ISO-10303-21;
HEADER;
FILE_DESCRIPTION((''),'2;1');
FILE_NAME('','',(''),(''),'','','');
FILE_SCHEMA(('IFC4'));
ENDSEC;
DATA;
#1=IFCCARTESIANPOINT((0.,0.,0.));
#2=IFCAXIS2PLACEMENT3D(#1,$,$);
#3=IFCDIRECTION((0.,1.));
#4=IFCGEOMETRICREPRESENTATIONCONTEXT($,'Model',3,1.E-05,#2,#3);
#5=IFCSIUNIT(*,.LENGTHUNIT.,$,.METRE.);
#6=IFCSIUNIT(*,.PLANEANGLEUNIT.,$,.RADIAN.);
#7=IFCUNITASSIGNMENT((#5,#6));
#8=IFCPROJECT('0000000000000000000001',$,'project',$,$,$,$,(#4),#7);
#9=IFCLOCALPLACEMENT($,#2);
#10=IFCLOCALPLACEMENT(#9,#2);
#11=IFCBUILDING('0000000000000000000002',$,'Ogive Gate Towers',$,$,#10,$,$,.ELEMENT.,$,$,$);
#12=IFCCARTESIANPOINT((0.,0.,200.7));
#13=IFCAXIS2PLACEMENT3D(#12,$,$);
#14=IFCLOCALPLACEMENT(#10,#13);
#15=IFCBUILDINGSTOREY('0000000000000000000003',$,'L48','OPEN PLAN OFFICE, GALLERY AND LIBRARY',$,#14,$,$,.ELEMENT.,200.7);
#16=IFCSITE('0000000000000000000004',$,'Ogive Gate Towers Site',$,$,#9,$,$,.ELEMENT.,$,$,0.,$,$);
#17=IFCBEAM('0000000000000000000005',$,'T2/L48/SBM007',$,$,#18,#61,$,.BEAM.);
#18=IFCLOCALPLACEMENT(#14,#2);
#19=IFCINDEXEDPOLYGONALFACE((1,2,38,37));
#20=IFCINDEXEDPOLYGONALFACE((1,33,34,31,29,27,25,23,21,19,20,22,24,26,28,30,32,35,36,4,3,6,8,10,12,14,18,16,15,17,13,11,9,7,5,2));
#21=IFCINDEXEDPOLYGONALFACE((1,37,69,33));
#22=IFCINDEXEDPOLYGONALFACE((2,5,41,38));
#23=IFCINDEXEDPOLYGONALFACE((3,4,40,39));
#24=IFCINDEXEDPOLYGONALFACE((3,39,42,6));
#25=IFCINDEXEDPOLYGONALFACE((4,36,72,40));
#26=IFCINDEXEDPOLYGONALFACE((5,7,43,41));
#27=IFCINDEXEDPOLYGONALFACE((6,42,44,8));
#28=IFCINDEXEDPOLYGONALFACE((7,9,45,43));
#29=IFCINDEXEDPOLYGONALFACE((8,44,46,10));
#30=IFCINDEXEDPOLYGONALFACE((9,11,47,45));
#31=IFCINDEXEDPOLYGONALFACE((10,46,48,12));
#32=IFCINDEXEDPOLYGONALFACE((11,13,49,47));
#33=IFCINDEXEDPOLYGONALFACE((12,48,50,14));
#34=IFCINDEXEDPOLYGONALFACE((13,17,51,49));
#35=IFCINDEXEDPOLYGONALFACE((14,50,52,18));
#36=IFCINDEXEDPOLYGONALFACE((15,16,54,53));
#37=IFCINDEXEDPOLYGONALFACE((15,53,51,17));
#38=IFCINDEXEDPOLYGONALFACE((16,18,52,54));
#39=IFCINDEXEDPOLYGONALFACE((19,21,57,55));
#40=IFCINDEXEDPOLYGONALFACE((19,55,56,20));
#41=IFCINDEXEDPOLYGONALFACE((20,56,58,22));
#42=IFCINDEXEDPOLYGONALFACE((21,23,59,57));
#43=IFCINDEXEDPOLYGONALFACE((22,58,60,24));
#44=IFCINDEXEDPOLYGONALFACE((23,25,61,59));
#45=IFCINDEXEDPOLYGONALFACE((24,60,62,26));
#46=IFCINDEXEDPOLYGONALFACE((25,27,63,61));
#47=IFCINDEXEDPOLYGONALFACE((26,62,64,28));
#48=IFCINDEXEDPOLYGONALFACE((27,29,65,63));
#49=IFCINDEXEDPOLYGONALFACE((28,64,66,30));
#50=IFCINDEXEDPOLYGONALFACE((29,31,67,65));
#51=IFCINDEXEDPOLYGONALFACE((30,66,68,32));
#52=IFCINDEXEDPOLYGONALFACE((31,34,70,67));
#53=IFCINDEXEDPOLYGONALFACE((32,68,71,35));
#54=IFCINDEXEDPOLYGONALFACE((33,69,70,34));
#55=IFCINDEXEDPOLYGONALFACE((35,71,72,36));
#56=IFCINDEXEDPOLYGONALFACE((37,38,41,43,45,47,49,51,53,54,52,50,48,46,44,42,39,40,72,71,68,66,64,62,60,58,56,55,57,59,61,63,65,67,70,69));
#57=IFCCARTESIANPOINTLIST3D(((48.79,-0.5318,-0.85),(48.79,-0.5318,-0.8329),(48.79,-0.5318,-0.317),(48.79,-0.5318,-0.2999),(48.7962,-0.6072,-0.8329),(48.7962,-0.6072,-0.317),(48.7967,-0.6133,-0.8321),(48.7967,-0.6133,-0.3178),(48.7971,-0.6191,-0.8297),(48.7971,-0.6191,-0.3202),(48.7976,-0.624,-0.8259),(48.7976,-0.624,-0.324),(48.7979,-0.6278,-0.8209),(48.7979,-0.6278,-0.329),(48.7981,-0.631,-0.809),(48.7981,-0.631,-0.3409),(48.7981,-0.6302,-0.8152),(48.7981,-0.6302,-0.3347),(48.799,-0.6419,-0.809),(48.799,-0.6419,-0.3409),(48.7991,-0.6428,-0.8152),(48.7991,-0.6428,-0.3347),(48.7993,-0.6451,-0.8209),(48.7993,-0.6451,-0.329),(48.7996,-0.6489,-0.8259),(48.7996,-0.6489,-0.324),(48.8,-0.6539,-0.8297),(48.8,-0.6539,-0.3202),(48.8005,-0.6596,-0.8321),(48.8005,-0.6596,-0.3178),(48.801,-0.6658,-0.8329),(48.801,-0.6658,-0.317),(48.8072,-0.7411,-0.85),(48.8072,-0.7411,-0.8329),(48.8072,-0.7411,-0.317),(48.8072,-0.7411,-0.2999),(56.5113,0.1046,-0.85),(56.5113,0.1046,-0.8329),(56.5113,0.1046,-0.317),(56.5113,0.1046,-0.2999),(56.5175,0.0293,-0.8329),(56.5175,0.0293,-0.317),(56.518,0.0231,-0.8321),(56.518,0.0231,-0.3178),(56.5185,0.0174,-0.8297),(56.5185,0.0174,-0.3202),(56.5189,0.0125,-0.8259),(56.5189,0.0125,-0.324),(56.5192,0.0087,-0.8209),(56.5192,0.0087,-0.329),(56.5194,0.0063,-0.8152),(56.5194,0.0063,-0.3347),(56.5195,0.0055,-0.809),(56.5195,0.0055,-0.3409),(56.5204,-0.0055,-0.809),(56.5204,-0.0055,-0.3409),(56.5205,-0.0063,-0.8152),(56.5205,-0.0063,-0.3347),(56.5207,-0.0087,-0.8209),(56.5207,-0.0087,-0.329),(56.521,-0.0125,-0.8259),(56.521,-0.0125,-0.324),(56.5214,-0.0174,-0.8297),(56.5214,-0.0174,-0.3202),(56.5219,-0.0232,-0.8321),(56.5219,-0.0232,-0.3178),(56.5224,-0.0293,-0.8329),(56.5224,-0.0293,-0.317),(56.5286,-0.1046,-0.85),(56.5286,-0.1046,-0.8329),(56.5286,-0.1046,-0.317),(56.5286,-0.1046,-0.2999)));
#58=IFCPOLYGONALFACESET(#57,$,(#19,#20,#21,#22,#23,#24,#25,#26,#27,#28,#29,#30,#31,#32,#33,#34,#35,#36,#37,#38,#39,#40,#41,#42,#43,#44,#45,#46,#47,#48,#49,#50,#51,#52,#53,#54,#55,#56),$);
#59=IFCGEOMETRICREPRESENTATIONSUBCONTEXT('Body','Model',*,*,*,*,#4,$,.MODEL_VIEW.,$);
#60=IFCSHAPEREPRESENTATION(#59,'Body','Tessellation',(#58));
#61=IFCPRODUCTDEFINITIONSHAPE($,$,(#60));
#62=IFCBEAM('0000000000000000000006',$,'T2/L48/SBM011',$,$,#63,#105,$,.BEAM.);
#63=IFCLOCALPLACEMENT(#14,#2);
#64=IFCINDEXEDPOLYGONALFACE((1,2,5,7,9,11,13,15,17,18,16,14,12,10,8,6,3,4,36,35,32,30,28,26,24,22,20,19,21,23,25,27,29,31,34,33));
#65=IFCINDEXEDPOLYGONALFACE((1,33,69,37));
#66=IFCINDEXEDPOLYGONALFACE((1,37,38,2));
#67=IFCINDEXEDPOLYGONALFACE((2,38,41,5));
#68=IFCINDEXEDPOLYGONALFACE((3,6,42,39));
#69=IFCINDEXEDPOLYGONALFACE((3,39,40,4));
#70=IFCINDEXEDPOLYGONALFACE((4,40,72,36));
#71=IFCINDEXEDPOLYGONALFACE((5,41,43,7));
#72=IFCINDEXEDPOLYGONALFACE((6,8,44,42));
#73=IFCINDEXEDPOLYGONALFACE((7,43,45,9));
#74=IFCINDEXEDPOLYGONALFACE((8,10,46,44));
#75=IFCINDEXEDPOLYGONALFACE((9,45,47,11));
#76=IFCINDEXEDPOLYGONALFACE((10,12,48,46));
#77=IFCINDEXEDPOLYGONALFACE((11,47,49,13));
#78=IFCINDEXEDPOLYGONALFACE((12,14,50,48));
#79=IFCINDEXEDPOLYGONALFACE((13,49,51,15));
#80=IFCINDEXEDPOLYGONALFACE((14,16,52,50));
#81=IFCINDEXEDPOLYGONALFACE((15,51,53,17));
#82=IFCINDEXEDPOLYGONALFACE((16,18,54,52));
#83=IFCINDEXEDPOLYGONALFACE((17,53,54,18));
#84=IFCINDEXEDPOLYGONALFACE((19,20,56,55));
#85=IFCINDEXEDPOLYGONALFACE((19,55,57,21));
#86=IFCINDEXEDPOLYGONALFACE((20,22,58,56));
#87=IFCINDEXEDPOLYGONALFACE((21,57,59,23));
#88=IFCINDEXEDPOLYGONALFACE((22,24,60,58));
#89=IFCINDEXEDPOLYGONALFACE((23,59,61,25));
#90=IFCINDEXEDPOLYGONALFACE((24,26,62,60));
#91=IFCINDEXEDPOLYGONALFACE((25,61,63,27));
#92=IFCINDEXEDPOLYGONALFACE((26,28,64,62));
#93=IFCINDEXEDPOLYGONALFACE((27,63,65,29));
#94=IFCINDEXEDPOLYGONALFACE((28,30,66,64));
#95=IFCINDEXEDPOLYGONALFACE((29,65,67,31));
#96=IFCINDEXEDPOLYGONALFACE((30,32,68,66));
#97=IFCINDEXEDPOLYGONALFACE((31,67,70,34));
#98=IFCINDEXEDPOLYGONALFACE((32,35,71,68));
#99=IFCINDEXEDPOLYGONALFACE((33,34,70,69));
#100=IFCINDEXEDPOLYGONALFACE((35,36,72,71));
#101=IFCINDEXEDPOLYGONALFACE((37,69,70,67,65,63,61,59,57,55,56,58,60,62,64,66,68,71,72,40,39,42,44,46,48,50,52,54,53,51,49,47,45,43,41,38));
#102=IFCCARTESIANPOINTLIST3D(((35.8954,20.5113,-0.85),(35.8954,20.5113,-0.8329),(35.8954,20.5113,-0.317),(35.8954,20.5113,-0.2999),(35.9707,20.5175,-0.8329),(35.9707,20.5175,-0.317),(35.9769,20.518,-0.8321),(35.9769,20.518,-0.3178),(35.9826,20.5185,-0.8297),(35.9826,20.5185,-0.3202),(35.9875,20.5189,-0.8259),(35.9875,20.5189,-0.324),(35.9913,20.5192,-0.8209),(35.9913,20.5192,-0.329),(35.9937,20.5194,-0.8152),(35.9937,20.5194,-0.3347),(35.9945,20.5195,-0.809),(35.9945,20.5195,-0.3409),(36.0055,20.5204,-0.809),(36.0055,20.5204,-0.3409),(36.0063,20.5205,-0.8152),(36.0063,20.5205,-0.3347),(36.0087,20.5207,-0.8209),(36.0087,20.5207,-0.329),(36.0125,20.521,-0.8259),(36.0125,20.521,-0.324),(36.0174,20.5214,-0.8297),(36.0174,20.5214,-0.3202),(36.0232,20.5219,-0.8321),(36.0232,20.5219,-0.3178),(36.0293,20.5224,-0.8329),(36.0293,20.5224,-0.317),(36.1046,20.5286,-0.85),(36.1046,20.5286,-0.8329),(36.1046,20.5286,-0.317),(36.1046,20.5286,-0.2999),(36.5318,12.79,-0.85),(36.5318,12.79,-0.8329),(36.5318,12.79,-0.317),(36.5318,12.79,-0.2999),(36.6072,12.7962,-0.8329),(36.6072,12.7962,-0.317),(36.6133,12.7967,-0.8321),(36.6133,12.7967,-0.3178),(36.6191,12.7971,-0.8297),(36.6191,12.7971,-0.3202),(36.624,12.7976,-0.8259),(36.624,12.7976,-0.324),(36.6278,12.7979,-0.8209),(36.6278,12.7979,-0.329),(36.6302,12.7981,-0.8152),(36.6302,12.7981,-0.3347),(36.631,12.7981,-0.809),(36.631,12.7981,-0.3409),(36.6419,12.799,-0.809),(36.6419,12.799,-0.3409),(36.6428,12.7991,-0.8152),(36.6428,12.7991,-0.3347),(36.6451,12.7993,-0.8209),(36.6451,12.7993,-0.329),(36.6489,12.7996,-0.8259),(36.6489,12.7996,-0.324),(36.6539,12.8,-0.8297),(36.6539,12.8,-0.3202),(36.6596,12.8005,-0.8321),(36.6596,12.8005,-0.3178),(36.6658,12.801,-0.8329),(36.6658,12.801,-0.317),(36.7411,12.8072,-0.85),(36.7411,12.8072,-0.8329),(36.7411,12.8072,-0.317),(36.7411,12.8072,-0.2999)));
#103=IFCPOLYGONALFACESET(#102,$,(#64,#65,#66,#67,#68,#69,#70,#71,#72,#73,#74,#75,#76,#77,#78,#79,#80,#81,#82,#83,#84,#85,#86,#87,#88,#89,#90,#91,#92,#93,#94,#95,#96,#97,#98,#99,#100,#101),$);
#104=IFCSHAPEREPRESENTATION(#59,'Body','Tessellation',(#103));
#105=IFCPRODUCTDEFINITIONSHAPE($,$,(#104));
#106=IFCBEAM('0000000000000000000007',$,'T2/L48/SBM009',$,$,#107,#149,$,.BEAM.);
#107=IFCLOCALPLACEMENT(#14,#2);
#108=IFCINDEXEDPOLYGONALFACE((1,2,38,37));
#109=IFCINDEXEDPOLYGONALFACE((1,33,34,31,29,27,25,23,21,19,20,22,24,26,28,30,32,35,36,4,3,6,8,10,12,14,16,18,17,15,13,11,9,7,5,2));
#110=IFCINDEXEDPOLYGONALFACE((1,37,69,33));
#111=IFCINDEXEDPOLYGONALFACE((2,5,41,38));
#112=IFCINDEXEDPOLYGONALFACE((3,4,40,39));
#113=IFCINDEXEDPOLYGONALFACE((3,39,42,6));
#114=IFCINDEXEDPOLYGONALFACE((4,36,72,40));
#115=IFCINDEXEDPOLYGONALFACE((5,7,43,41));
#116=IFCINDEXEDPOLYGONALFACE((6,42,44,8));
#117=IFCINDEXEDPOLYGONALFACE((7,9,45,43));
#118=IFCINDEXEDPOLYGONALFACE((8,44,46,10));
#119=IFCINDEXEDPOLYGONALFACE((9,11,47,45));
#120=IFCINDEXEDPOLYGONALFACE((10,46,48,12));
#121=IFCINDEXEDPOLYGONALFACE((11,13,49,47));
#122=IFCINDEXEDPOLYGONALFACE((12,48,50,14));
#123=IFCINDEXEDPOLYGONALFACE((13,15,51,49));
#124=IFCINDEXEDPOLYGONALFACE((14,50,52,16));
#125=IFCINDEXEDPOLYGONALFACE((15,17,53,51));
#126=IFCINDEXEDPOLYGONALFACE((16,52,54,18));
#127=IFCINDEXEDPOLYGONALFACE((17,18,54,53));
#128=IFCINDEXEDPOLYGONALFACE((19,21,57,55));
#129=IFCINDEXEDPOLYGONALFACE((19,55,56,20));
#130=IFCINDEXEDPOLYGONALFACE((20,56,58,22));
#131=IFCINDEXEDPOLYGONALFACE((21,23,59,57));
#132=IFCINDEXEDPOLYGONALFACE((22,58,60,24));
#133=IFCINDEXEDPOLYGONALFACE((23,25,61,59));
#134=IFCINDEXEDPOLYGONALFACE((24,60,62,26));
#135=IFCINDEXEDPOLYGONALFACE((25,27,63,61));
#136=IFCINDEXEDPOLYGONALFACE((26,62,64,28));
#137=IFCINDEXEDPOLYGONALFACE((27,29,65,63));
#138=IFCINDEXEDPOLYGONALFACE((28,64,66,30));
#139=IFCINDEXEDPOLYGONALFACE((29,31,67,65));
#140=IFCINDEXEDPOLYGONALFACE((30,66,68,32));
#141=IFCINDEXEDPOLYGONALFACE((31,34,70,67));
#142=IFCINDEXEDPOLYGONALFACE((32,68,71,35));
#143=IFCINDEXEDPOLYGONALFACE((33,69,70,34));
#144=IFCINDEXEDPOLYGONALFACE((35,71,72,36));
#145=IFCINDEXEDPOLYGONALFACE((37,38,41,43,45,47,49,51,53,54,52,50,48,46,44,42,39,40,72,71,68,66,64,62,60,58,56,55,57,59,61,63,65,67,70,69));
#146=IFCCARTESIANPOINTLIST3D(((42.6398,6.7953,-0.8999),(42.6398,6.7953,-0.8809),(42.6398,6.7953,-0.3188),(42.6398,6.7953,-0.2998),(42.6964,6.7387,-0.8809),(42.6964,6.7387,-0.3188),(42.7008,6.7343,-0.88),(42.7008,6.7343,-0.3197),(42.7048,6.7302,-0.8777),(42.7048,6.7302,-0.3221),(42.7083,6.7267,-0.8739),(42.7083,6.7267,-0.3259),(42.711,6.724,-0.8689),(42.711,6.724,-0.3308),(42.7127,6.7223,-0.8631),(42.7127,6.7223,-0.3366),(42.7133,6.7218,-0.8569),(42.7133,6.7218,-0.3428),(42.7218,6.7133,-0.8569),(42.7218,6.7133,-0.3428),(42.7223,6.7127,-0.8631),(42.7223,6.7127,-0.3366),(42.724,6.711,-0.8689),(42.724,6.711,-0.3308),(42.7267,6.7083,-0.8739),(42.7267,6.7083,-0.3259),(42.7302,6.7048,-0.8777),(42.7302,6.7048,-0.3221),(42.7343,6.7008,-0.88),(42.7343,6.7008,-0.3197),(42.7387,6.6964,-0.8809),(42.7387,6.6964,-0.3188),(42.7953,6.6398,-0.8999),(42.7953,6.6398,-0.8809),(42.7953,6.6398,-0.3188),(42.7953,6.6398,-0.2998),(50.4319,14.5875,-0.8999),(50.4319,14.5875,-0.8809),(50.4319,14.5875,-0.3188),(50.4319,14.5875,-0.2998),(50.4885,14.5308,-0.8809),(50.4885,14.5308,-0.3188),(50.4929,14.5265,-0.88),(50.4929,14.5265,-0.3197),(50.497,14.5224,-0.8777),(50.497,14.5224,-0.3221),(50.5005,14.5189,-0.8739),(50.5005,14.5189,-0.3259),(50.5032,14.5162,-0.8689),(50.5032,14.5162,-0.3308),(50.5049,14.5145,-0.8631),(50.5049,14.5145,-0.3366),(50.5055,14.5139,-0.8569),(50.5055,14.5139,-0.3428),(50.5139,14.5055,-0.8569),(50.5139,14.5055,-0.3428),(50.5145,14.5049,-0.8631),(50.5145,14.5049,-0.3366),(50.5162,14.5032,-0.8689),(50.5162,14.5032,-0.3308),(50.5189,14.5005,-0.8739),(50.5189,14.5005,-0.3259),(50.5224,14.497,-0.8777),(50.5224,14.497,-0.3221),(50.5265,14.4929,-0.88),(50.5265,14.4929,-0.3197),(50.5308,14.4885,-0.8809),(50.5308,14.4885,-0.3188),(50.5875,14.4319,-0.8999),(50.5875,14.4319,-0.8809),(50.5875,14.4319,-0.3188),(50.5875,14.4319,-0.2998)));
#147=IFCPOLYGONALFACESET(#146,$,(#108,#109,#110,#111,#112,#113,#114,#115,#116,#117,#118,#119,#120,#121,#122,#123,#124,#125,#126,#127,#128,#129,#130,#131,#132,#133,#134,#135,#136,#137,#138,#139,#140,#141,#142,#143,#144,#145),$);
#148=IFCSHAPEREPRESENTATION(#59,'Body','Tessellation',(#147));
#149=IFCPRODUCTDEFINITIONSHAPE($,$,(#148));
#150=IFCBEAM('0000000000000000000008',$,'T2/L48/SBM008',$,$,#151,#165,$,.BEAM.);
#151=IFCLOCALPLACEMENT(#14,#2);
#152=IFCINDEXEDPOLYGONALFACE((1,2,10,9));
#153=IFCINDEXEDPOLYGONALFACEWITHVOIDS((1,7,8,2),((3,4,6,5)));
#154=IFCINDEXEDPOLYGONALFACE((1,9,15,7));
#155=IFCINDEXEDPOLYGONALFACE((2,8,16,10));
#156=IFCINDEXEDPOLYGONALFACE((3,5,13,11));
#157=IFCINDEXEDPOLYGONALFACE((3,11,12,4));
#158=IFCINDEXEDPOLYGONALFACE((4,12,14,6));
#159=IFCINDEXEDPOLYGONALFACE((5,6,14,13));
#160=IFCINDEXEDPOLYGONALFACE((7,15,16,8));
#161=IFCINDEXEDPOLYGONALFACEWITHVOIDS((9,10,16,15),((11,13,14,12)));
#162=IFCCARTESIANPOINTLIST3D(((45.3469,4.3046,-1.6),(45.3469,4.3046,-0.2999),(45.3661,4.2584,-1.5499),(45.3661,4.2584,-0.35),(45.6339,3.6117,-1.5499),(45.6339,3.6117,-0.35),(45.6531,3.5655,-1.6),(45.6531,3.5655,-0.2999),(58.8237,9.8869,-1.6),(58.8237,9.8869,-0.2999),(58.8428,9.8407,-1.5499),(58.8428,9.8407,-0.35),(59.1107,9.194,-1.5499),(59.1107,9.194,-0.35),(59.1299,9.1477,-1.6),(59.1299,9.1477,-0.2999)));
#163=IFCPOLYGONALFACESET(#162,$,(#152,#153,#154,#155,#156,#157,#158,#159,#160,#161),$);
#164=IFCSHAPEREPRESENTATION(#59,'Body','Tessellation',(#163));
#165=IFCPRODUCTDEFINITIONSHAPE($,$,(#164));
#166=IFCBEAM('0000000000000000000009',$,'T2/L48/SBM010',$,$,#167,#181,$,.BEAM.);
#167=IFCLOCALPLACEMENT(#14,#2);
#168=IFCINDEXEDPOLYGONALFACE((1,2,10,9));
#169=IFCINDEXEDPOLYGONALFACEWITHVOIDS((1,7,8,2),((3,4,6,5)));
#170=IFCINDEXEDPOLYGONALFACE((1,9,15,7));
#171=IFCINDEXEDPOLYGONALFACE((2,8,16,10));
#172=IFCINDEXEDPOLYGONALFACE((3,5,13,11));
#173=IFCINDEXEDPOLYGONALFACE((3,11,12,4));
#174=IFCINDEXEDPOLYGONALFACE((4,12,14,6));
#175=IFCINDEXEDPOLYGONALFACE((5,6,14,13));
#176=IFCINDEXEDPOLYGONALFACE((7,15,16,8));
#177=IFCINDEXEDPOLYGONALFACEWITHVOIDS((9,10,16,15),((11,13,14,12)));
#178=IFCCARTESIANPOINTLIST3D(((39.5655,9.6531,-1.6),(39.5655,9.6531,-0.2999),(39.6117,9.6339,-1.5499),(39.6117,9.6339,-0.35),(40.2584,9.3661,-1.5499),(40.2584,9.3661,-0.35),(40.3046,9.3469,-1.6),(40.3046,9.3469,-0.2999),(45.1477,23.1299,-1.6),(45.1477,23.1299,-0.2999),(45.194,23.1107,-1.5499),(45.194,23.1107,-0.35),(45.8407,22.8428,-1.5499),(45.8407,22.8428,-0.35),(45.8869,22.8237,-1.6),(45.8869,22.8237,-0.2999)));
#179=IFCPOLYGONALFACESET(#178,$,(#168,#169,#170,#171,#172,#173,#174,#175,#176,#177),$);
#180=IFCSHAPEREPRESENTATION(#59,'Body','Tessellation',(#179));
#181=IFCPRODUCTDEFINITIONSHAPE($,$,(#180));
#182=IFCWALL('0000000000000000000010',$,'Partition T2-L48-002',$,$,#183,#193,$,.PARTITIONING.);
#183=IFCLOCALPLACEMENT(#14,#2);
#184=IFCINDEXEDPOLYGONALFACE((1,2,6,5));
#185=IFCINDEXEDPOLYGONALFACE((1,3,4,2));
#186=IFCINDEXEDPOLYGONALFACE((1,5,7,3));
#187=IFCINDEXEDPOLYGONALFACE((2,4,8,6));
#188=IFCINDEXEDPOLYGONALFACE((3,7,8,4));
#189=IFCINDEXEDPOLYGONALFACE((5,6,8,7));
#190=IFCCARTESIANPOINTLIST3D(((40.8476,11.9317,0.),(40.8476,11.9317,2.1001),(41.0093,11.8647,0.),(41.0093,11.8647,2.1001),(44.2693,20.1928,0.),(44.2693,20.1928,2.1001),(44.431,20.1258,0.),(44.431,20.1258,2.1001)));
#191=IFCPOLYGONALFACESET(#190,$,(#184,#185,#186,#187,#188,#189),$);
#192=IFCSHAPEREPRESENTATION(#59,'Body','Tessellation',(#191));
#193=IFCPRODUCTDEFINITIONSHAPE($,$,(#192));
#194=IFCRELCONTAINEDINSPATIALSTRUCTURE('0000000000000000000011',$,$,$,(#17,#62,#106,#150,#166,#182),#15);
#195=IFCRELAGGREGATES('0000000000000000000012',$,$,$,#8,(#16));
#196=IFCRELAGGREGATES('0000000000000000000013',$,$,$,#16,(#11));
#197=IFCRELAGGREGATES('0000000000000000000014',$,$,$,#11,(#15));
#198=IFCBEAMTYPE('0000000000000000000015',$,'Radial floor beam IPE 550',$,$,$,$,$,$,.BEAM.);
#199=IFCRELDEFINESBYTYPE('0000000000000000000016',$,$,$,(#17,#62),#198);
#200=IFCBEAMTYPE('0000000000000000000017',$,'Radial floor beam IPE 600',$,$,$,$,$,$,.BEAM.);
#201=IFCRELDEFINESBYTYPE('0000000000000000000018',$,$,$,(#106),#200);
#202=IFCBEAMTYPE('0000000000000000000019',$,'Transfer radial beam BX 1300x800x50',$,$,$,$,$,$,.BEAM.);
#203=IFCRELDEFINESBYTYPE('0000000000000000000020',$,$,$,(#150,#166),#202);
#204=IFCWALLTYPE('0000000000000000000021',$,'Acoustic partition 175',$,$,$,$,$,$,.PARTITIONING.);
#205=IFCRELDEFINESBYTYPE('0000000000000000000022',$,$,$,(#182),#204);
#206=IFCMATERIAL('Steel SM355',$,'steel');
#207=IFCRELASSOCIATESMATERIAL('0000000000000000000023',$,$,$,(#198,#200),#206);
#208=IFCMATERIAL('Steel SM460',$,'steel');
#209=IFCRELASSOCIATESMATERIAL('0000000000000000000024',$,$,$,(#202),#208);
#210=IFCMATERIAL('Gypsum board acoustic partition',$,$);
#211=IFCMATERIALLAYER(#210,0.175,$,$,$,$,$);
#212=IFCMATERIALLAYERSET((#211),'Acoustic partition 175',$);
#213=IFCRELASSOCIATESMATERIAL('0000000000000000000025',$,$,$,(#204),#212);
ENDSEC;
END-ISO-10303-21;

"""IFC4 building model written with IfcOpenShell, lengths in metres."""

from ifc_helpers import new_model, si_unit, direction, frame, frame_2d, origin, origin_2d, place, context, subcontext, project, spatial, rectangle, hollow_rectangle, i_section, extrude, material, layer, layer_set, material_profile, profile_set, type_object, element, save


model = new_model("IFC4")

# Units and contexts
model_context = context("Model", 3, precision=1e-05, world=origin(), true_north=direction((0.0, 1.0)))
body_context = subcontext(model_context, "Body", "Model", "MODEL_VIEW")
ifc_project = project(units=[si_unit("LENGTHUNIT", "METRE"), si_unit("PLANEANGLEUNIT", "RADIAN")], contexts=[model_context])

# Site, building, storey
site_placement = place(None, origin())
site = spatial("IfcSite", under=ifc_project, at=site_placement, Name="Ogive Gate Towers Site", CompositionType="ELEMENT", RefElevation=0.0)
building_placement = place(site_placement, origin())
building = spatial("IfcBuilding", under=site, at=building_placement, Name="Ogive Gate Towers", CompositionType="ELEMENT")
storey_placement = place(building_placement, frame((0.0, 0.0, 200.7)))
storey = spatial("IfcBuildingStorey", under=building, at=storey_placement, Name="L48", Description="OPEN PLAN OFFICE, GALLERY AND LIBRARY", CompositionType="ELEMENT", Elevation=200.7)

# Shared definitions
ifc_material_1 = material(Name="Steel SM460", Category="steel")

# Beams
ifc_material_2 = material(Name="Steel SM355", Category="steel")
ifc_material_profile_1 = material_profile(ifc_material_2, i_section(OverallWidth=0.21, OverallDepth=0.55, WebThickness=0.011, FlangeThickness=0.0171, FilletRadius=0.0239, at=origin_2d()), Name="IPE 550")
ifc_profile_set_1 = profile_set([ifc_material_profile_1], Name="Steel SM355")
beam_type_1 = type_object("IfcBeamType", Name="Radial floor beam IPE 550", PredefinedType="BEAM", material=ifc_profile_set_1)
for number, where, z_axis, x_axis, name in (
    (1, (48.7986, -0.6365, -0.575), (0.99662, 0.082151, 0.0), (-0.082151, 0.99662, 0.0), "T2/L48/SBM007"),
    (2, (36.6365, 12.7986, -0.575), (-0.082151, 0.99662, 0.0), (-0.99662, -0.082151, 0.0), "T2/L48/SBM011"),
):
    element("IfcBeam", number, at=place(storey_placement, frame(where, z_axis=z_axis, x_axis=x_axis)), inside=storey, type_object=beam_type_1, Name=name, PredefinedType="BEAM", context=body_context, shape_type="SweptSolid", body=[
        extrude(i_section(OverallWidth=0.21, OverallDepth=0.55, WebThickness=0.011, FlangeThickness=0.0171, FilletRadius=0.0239, at=origin_2d()), origin(), (0.0, 0.0, 1.0), 7.7476),
    ])
ifc_material_profile_2 = material_profile(ifc_material_2, i_section(OverallWidth=0.22, OverallDepth=0.6001, WebThickness=0.012, FlangeThickness=0.019, FilletRadius=0.0239, at=origin_2d()), Name="IPE 600")
ifc_profile_set_2 = profile_set([ifc_material_profile_2], Name="Steel SM355")
beam_type_2 = type_object("IfcBeamType", Name="Radial floor beam IPE 600", PredefinedType="BEAM", material=ifc_profile_set_2)
beam_1_placement = place(storey_placement, frame((42.7175, 6.7175, -0.5999), z_axis=(0.707107, 0.707107, 0.0), x_axis=(-0.707107, 0.707107, 0.0)))
element("IfcBeam", 3, at=beam_1_placement, inside=storey, type_object=beam_type_2, Name="T2/L48/SBM009", PredefinedType="BEAM", context=body_context, shape_type="SweptSolid", body=[
    extrude(i_section(OverallWidth=0.22, OverallDepth=0.6001, WebThickness=0.012, FlangeThickness=0.019, FilletRadius=0.0239, at=origin_2d()), origin(), (0.0, 0.0, 1.0), 11.0198),
])
ifc_material_profile_3 = material_profile(ifc_material_1, hollow_rectangle(XDim=0.8, YDim=1.3, WallThickness=0.05, at=origin_2d()), Name="BX 1300x800x50")
ifc_profile_set_3 = profile_set([ifc_material_profile_3], Name="Steel SM460")
beam_type_3 = type_object("IfcBeamType", Name="Transfer radial beam BX 1300x800x50", PredefinedType="BEAM", material=ifc_profile_set_3)
for number, where, z_axis, x_axis, name in (
    (4, (45.5, 3.9351, -0.95), (0.92388, 0.382683, 0.0), (-0.382683, 0.92388, 0.0), "T2/L48/SBM008"),
    (5, (39.9351, 9.5, -0.95), (0.382683, 0.92388, 0.0), (-0.92388, 0.382683, 0.0), "T2/L48/SBM010"),
):
    element("IfcBeam", number, at=place(storey_placement, frame(where, z_axis=z_axis, x_axis=x_axis)), inside=storey, type_object=beam_type_3, Name=name, PredefinedType="BEAM", context=body_context, shape_type="SweptSolid", body=[
        extrude(hollow_rectangle(XDim=0.8, YDim=1.3, WallThickness=0.05, at=origin_2d()), origin(), (0.0, 0.0, 1.0), 14.5872),
    ])

# Wall
ifc_material_3 = material(Name="Gypsum board acoustic partition")
ifc_layer_1 = layer(ifc_material_3, 0.175)
ifc_layer_set_1 = layer_set([ifc_layer_1], Name="Acoustic partition 175")
wall_type_1 = type_object("IfcWallType", Name="Acoustic partition 175", PredefinedType="PARTITIONING", material=ifc_layer_set_1)
wall_1_placement = place(storey_placement, frame((44.3501, 20.1592, 0.0), z_axis=(0.0, 0.0, 1.0), x_axis=(-0.382666, -0.923887, 0.0)))
element("IfcWall", 6, at=wall_1_placement, inside=storey, type_object=wall_type_1, Name="Partition T2-L48-002", PredefinedType="PARTITIONING", context=body_context, shape_type="SweptSolid", body=[
    extrude(rectangle(XDim=8.9417, YDim=0.175, at=frame_2d((4.4707, 0.0))), origin(), (0.0, 0.0, 1.0), 2.1001),
])

save(model, "model.ifc")
